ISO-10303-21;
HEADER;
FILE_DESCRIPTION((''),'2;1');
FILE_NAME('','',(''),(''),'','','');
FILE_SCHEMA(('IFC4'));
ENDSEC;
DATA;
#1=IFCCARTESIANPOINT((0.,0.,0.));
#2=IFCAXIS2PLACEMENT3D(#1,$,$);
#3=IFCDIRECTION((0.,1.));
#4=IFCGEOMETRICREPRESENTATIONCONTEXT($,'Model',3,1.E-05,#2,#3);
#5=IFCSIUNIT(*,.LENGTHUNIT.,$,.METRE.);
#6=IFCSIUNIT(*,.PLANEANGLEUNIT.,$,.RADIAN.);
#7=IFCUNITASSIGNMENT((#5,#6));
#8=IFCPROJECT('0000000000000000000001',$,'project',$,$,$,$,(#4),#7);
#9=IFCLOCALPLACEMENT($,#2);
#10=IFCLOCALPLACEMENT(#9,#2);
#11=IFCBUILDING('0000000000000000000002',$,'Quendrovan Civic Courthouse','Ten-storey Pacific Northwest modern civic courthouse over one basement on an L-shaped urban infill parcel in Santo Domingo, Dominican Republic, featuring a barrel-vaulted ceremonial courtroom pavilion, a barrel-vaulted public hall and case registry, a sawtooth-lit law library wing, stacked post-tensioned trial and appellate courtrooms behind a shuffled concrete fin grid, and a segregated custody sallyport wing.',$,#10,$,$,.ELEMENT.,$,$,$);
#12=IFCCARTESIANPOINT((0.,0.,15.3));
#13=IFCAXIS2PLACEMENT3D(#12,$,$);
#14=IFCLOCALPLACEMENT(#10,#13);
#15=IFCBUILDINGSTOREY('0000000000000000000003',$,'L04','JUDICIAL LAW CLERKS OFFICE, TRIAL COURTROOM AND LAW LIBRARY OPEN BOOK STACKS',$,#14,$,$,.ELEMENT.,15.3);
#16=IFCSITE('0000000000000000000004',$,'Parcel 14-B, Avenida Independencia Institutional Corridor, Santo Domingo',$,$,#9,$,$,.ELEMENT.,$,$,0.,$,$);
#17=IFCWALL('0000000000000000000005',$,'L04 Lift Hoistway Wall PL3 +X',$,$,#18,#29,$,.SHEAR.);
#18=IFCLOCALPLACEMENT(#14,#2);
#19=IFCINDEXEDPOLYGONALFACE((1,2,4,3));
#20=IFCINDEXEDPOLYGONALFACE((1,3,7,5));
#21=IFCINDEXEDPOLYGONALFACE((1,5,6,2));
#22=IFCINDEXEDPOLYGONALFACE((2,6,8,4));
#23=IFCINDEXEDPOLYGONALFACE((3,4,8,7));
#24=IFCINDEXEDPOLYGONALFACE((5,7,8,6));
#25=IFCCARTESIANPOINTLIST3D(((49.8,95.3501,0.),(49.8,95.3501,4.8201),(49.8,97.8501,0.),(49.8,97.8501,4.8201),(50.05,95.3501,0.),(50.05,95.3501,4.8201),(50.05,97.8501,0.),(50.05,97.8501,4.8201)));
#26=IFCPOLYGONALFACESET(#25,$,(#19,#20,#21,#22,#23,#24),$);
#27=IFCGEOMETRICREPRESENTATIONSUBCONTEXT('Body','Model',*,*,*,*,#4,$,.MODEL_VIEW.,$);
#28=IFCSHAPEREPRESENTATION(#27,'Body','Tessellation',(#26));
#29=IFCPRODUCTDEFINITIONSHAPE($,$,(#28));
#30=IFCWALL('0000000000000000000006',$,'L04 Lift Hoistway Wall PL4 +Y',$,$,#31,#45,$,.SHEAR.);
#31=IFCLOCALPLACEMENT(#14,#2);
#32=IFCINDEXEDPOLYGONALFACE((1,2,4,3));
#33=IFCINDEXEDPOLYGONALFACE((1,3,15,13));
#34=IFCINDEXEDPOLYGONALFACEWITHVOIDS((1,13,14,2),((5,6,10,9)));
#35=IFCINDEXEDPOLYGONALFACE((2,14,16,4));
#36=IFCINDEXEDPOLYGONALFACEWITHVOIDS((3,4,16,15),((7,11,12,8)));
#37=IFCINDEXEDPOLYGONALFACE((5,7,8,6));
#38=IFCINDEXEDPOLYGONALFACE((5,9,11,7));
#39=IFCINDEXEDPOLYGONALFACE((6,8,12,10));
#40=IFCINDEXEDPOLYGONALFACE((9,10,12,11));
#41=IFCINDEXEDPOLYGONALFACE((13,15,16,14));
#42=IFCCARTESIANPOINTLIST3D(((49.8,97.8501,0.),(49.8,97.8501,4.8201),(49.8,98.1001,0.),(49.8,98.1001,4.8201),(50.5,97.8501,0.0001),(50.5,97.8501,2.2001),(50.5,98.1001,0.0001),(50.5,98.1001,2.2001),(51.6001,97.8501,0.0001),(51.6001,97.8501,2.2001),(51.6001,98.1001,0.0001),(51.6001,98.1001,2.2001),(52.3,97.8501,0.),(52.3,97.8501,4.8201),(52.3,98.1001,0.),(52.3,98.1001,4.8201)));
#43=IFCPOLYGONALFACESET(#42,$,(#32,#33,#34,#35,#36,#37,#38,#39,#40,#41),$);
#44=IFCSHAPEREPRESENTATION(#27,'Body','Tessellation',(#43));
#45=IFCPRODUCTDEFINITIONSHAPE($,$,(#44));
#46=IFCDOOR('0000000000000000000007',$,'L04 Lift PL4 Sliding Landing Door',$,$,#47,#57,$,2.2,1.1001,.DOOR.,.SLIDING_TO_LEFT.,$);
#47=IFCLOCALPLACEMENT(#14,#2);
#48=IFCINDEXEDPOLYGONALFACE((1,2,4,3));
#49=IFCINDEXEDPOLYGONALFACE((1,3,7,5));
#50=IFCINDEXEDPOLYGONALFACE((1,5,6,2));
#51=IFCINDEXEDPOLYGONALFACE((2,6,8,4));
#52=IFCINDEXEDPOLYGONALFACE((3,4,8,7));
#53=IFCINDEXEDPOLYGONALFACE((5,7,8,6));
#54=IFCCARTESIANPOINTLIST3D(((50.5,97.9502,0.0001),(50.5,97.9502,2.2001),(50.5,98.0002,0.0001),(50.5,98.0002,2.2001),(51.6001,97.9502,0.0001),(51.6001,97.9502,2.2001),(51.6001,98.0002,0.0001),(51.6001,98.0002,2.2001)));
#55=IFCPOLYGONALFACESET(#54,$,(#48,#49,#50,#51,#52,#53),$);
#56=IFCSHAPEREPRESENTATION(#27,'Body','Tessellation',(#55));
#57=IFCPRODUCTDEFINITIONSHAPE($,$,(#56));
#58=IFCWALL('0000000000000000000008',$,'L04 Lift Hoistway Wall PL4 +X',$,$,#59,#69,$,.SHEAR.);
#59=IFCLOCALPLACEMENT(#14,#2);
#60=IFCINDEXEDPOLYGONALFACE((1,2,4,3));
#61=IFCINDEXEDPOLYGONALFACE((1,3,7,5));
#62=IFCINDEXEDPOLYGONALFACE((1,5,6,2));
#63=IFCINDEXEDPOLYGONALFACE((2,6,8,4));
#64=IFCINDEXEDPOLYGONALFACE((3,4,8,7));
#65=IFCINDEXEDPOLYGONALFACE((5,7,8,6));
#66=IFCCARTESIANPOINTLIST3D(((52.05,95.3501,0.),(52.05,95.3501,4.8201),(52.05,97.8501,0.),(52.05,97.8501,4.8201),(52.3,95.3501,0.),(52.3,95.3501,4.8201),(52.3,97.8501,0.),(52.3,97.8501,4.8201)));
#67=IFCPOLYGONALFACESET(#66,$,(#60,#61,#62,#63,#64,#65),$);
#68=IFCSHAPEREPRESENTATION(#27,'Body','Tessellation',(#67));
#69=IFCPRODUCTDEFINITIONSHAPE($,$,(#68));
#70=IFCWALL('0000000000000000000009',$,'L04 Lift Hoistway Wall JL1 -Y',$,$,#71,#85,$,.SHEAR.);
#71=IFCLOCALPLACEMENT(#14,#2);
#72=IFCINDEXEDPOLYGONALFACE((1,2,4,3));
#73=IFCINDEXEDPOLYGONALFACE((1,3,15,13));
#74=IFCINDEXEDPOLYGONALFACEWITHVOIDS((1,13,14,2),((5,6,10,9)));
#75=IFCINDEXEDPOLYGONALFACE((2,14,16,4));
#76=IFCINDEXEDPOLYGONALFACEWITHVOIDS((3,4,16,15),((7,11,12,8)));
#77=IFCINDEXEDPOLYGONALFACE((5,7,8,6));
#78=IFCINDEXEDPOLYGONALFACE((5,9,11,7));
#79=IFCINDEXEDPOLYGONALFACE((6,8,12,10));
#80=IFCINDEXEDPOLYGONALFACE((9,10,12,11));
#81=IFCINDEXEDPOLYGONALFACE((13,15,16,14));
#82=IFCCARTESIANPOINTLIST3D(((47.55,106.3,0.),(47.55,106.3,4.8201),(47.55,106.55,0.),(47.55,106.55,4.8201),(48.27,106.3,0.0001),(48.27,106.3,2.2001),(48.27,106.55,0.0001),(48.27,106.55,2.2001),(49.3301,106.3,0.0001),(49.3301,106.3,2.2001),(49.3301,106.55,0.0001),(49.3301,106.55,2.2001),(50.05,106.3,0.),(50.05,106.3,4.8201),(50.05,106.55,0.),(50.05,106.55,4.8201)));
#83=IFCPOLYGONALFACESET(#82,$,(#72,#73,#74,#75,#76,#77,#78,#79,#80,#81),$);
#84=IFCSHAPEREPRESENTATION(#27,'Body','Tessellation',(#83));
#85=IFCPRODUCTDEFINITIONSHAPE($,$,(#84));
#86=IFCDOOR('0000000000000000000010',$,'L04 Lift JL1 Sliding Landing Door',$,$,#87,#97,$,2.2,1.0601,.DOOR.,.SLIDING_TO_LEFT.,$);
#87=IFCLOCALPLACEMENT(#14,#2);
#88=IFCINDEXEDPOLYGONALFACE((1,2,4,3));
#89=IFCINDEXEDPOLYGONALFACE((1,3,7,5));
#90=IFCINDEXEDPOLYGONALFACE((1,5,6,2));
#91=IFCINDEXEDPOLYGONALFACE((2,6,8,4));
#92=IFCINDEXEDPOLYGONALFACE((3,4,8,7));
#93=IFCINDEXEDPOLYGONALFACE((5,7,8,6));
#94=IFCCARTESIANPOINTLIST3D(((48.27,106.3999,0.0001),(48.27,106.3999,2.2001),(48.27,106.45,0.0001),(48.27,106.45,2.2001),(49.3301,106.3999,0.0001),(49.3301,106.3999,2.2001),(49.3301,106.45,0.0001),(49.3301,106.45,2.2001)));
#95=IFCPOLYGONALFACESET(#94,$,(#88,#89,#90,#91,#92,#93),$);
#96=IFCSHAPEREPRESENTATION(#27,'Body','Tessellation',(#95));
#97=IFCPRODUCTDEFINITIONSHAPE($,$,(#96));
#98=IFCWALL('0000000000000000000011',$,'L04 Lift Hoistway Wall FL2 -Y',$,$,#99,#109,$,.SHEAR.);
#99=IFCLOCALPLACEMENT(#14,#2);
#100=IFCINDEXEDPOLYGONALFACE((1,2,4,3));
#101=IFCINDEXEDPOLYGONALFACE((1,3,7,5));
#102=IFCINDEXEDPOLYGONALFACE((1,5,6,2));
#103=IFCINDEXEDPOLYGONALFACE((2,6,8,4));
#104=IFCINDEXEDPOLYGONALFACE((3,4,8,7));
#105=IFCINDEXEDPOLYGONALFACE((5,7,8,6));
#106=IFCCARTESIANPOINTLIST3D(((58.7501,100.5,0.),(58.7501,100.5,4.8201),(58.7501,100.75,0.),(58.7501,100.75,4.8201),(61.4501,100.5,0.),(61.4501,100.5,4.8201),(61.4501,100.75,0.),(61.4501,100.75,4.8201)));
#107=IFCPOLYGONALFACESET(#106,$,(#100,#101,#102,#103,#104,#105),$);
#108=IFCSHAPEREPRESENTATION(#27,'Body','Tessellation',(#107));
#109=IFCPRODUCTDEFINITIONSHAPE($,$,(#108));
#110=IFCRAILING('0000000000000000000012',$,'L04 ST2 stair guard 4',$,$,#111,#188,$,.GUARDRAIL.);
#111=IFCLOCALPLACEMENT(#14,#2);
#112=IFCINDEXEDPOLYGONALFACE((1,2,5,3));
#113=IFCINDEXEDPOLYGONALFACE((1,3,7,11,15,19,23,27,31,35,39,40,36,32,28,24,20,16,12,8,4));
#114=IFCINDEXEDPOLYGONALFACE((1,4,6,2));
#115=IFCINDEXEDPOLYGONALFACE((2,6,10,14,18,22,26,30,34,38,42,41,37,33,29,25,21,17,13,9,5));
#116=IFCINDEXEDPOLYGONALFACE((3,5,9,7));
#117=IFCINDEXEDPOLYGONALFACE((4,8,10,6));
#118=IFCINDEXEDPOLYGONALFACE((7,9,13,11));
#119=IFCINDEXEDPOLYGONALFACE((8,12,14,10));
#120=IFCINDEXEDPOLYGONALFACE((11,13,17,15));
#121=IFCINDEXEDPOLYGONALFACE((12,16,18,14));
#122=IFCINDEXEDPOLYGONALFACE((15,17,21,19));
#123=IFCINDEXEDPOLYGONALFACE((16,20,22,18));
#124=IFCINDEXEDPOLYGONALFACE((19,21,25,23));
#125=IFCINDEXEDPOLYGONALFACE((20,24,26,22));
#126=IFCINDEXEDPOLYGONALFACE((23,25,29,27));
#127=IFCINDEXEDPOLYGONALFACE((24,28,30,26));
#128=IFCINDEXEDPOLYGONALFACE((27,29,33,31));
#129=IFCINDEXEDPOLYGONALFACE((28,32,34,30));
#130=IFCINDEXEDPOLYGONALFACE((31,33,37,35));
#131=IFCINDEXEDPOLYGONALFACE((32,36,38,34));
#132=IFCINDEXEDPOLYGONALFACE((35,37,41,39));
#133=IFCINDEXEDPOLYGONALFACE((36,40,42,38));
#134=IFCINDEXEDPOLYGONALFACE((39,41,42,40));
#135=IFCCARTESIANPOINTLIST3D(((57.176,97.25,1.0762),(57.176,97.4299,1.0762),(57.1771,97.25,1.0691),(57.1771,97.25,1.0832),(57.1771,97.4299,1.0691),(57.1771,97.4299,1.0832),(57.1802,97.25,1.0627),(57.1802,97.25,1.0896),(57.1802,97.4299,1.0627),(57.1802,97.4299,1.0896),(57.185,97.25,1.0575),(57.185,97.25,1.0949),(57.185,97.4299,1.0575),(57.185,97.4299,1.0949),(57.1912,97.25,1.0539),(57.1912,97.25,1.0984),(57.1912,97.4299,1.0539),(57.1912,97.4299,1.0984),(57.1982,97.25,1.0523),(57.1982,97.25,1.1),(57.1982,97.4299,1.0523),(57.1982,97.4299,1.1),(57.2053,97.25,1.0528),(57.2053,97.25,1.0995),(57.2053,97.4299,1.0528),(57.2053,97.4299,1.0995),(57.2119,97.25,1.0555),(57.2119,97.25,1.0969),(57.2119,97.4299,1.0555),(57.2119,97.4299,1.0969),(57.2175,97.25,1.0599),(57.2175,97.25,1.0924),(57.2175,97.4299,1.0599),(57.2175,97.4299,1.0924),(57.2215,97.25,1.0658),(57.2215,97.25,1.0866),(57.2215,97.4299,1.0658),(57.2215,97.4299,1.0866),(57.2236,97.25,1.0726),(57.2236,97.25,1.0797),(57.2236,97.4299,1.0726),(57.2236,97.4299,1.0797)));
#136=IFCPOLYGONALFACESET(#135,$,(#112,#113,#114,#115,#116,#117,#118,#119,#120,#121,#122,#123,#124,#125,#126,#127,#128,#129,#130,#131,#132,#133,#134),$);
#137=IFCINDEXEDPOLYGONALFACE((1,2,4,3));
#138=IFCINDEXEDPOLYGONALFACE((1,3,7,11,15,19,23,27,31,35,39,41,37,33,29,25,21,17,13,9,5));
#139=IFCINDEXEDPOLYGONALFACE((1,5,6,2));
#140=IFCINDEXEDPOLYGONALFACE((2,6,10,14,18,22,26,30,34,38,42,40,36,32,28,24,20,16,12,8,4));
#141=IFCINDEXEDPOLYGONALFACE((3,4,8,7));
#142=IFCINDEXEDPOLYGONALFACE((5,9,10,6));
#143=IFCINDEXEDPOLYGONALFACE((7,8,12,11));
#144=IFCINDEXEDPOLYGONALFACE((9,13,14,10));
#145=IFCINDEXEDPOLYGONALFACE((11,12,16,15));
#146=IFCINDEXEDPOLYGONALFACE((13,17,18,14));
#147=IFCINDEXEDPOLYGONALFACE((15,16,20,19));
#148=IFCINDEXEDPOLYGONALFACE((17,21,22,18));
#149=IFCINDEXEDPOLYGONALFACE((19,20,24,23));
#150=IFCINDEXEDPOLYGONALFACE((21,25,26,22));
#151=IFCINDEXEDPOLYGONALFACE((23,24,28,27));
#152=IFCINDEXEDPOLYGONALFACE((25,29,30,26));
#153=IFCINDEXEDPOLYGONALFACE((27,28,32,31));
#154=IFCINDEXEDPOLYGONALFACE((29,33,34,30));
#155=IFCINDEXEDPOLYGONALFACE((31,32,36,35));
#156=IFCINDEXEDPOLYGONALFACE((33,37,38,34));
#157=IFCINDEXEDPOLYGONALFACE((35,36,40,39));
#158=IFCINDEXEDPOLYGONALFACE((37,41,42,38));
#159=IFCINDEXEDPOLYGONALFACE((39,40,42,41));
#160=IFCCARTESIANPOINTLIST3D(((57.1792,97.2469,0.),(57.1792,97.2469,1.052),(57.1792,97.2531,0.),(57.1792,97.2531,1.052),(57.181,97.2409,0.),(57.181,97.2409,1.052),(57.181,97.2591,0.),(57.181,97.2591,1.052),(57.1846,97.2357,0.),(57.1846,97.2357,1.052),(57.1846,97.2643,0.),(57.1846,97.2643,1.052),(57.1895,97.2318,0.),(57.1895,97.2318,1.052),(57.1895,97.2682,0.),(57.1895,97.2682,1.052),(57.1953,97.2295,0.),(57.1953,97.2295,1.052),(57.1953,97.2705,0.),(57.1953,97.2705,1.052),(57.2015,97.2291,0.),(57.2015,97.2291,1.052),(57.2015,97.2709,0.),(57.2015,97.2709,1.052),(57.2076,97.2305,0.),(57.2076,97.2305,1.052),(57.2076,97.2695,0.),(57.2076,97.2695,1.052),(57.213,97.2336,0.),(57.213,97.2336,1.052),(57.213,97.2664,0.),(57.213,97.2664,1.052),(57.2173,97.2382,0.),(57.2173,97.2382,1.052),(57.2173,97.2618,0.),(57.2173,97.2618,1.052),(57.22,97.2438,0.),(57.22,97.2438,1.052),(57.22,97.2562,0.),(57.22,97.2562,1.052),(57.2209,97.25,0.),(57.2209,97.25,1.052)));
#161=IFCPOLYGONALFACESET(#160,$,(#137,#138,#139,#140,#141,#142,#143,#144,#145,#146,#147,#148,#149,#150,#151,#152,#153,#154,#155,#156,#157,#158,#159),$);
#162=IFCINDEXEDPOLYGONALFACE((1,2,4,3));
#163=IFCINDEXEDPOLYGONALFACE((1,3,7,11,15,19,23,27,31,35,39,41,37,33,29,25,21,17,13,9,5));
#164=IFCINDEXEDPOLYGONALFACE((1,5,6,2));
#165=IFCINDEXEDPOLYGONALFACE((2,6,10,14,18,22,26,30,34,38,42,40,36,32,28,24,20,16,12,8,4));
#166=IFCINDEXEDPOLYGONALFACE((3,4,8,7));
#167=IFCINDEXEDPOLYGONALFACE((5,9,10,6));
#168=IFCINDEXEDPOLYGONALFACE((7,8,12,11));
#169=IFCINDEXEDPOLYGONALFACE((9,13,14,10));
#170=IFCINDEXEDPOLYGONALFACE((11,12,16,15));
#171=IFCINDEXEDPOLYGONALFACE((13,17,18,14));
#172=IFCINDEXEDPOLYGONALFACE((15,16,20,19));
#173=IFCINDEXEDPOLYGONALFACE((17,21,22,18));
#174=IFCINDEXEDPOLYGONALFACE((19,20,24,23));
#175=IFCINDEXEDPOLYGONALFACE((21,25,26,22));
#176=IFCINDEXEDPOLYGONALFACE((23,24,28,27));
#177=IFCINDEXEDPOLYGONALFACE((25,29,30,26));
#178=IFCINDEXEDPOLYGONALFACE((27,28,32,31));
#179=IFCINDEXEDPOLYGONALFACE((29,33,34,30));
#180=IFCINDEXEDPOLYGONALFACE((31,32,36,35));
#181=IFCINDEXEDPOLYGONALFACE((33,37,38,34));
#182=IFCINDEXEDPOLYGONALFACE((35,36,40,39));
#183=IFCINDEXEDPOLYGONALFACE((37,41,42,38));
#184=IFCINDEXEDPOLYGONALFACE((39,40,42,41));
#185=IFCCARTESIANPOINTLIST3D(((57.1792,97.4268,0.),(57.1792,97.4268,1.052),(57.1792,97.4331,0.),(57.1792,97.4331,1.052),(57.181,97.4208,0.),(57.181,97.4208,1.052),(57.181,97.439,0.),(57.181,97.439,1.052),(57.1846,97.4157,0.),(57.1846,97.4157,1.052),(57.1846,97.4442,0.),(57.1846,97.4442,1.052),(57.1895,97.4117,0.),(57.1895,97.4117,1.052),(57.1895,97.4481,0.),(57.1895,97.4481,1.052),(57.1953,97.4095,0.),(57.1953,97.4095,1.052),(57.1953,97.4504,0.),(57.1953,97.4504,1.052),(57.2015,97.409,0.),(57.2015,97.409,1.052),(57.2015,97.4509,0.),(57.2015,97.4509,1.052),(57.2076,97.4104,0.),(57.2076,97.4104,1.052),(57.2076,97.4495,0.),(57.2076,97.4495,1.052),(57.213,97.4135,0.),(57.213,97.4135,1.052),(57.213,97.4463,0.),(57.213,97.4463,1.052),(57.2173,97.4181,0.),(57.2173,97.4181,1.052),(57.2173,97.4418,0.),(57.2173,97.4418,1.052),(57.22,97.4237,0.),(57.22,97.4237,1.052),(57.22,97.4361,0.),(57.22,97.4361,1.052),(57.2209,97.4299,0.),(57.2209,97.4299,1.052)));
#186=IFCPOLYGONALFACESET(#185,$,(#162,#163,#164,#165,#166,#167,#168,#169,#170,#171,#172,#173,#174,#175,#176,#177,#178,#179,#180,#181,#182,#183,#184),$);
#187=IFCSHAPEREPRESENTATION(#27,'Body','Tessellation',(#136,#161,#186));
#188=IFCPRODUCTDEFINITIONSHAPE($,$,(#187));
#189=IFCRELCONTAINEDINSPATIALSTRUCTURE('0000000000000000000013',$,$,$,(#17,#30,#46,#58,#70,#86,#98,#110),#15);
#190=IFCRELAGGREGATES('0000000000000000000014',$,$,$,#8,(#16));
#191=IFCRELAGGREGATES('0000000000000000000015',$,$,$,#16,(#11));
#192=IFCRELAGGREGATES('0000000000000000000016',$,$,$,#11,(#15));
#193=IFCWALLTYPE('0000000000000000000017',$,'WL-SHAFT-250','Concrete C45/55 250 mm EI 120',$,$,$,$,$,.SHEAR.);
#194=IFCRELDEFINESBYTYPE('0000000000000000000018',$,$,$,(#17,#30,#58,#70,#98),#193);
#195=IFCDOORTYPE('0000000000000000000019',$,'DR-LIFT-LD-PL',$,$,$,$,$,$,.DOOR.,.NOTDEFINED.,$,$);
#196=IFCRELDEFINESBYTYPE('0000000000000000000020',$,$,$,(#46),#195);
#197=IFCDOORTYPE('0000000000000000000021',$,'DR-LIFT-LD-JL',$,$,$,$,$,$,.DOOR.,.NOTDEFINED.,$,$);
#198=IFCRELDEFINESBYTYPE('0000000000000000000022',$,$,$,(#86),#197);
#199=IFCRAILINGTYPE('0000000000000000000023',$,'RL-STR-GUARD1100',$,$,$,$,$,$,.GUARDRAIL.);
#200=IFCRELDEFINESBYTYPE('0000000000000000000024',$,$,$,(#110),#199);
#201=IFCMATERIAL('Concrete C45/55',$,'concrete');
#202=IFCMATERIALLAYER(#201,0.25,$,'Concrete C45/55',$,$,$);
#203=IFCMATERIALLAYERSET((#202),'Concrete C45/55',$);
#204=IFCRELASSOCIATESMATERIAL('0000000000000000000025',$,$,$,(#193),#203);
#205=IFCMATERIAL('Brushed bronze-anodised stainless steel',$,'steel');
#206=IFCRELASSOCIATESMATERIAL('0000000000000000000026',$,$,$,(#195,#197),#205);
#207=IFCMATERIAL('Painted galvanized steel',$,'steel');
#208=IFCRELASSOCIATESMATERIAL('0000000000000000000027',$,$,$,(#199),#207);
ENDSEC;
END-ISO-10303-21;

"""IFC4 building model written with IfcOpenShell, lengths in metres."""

from ifc_helpers import new_model, si_unit, direction, frame, frame_2d, origin, origin_2d, place, context, subcontext, project, spatial, rectangle, circle, extrude, material, layer, layer_set, type_object, element, fill, save


model = new_model("IFC4")

# Units and contexts
model_context = context("Model", 3, precision=1e-05, world=origin(), true_north=direction((0.0, 1.0)))
body_context = subcontext(model_context, "Body", "Model", "MODEL_VIEW")
ifc_project = project(units=[si_unit("LENGTHUNIT", "METRE"), si_unit("PLANEANGLEUNIT", "RADIAN")], contexts=[model_context])

# Site, building, storey
site_placement = place(None, origin())
site = spatial("IfcSite", under=ifc_project, at=site_placement, Name="Parcel 14-B, Avenida Independencia Institutional Corridor, Santo Domingo", CompositionType="ELEMENT", RefElevation=0.0)
building_placement = place(site_placement, origin())
building = spatial("IfcBuilding", under=site, at=building_placement, Name="Quendrovan Civic Courthouse", Description="Ten-storey Pacific Northwest modern civic courthouse over one basement on an L-shaped urban infill parcel in Santo Domingo, Dominican Republic, featuring a barrel-vaulted ceremonial courtroom pavilion, a barrel-vaulted public hall and case registry, a sawtooth-lit law library wing, stacked post-tensioned trial and appellate courtrooms behind a shuffled concrete fin grid, and a segregated custody sallyport wing.", CompositionType="ELEMENT")
storey_placement = place(building_placement, frame((0.0, 0.0, 15.3)))
storey = spatial("IfcBuildingStorey", under=building, at=storey_placement, Name="L04", Description="JUDICIAL LAW CLERKS OFFICE, TRIAL COURTROOM AND LAW LIBRARY OPEN BOOK STACKS", CompositionType="ELEMENT", Elevation=15.3)

# Shared definitions
ifc_material_1 = material(Name="Concrete C45/55", Category="concrete")

# Shared definitions
ifc_layer_1 = layer(ifc_material_1, 0.25, Name="Concrete C45/55")
ifc_layer_set_1 = layer_set([ifc_layer_1], Name="Concrete C45/55")
wall_type_1 = type_object("IfcWallType", Name="WL-SHAFT-250", Description="Concrete C45/55 250 mm EI 120", PredefinedType="SHEAR", material=ifc_layer_set_1)
ifc_material_2 = material(Name="Brushed bronze-anodised stainless steel", Category="steel")
door_type_1 = type_object("IfcDoorType", Name="DR-LIFT-LD-PL", OperationType="NOTDEFINED", PredefinedType="DOOR", material=ifc_material_2)

# Wall
wall_1_placement = place(storey_placement, frame((49.925, 97.8501, 0.0), z_axis=(0.0, 0.0, 1.0), x_axis=(0.0, -1.0, 0.0)))
element("IfcWall", 1, at=wall_1_placement, inside=storey, type_object=wall_type_1, Name="L04 Lift Hoistway Wall PL3 +X", PredefinedType="SHEAR", context=body_context, shape_type="SweptSolid", body=[
    extrude(rectangle(XDim=2.5, YDim=0.25, at=frame_2d((1.25, 0.0))), origin(), (0.0, 0.0, 1.0), 4.8201),
])

# Wall, opening, door
wall_2_placement = place(storey_placement, frame((52.3, 97.9751, 0.0), z_axis=(0.0, 0.0, 1.0), x_axis=(-1.0, 0.0, 0.0)))
wall_2 = element("IfcWall", 2, at=wall_2_placement, inside=storey, type_object=wall_type_1, Name="L04 Lift Hoistway Wall PL4 +Y", PredefinedType="SHEAR", context=body_context, shape_type="SweptSolid", body=[
    extrude(rectangle(XDim=2.5, YDim=0.25, at=frame_2d((1.25, 0.0))), origin(), (0.0, 0.0, 1.0), 4.8201),
])
opening_1_placement = place(wall_2_placement, frame((0.7, 0.0, 0.0)))
opening_1 = element("IfcOpeningElement", 3, at=opening_1_placement, cuts=wall_2, PredefinedType="OPENING", context=body_context, shape_type="SweptSolid", body=[
    extrude(rectangle(XDim=1.1001, YDim=2.2, at=frame_2d((0.55, 1.1001))), frame((0.0, 0.135, 0.0), z_axis=(0.0, -1.0, 0.0), x_axis=(1.0, 0.0, 0.0)), (0.0, 0.0, 1.0), 0.27),
])
door_1_placement = place(opening_1_placement, origin())
door_1 = element("IfcDoor", 4, at=door_1_placement, inside=storey, type_object=door_type_1, Name="L04 Lift PL4 Sliding Landing Door", OperationType="SLIDING_TO_LEFT", OverallHeight=2.2, OverallWidth=1.1001, PredefinedType="DOOR", context=body_context, shape_type="SweptSolid", body=[
    extrude(rectangle(XDim=1.1001, YDim=2.2, at=frame_2d((0.55, 1.1001))), frame((0.0, 0.0249, 0.0), z_axis=(0.0, -1.0, 0.0), x_axis=(1.0, 0.0, 0.0)), (0.0, 0.0, 1.0), 0.05),
])
fill(opening_1, door_1)

# Wall
wall_3_placement = place(storey_placement, frame((52.175, 97.8501, 0.0), z_axis=(0.0, 0.0, 1.0), x_axis=(0.0, -1.0, 0.0)))
element("IfcWall", 5, at=wall_3_placement, inside=storey, type_object=wall_type_1, Name="L04 Lift Hoistway Wall PL4 +X", PredefinedType="SHEAR", context=body_context, shape_type="SweptSolid", body=[
    extrude(rectangle(XDim=2.5, YDim=0.25, at=frame_2d((1.25, 0.0))), origin(), (0.0, 0.0, 1.0), 4.8201),
])

# Wall, opening, door
wall_4_placement = place(storey_placement, frame((47.55, 106.425, 0.0), z_axis=(0.0, 0.0, 1.0), x_axis=(1.0, 0.0, 0.0)))
wall_4 = element("IfcWall", 6, at=wall_4_placement, inside=storey, type_object=wall_type_1, Name="L04 Lift Hoistway Wall JL1 -Y", PredefinedType="SHEAR", context=body_context, shape_type="SweptSolid", body=[
    extrude(rectangle(XDim=2.5, YDim=0.25, at=frame_2d((1.25, 0.0))), origin(), (0.0, 0.0, 1.0), 4.8201),
])
opening_2_placement = place(wall_4_placement, frame((0.72, 0.0, 0.0)))
opening_2 = element("IfcOpeningElement", 7, at=opening_2_placement, cuts=wall_4, PredefinedType="OPENING", context=body_context, shape_type="SweptSolid", body=[
    extrude(rectangle(XDim=1.0601, YDim=2.2, at=frame_2d((0.53, 1.1001))), frame((0.0, 0.135, 0.0), z_axis=(0.0, -1.0, 0.0), x_axis=(1.0, 0.0, 0.0)), (0.0, 0.0, 1.0), 0.27),
])
door_type_2 = type_object("IfcDoorType", Name="DR-LIFT-LD-JL", OperationType="NOTDEFINED", PredefinedType="DOOR", material=ifc_material_2)
door_2_placement = place(opening_2_placement, origin())
door_2 = element("IfcDoor", 8, at=door_2_placement, inside=storey, type_object=door_type_2, Name="L04 Lift JL1 Sliding Landing Door", OperationType="SLIDING_TO_LEFT", OverallHeight=2.2, OverallWidth=1.0601, PredefinedType="DOOR", context=body_context, shape_type="SweptSolid", body=[
    extrude(rectangle(XDim=1.0601, YDim=2.2, at=frame_2d((0.53, 1.1001))), frame((0.0, 0.0249, 0.0), z_axis=(0.0, -1.0, 0.0), x_axis=(1.0, 0.0, 0.0)), (0.0, 0.0, 1.0), 0.05),
])
fill(opening_2, door_2)

# Wall
wall_5_placement = place(storey_placement, frame((58.75, 100.625, 0.0), z_axis=(0.0, 0.0, 1.0), x_axis=(1.0, 0.0, 0.0)))
element("IfcWall", 9, at=wall_5_placement, inside=storey, type_object=wall_type_1, Name="L04 Lift Hoistway Wall FL2 -Y", PredefinedType="SHEAR", context=body_context, shape_type="SweptSolid", body=[
    extrude(rectangle(XDim=2.7, YDim=0.25, at=frame_2d((1.3501, 0.0))), origin(), (0.0, 0.0, 1.0), 4.8201),
])

# Railing
ifc_material_3 = material(Name="Painted galvanized steel", Category="steel")
railing_type = type_object("IfcRailingType", Name="RL-STR-GUARD1100", PredefinedType="GUARDRAIL", material=ifc_material_3)
railing_placement = place(storey_placement, frame((57.2, 97.25, 0.0)))
element("IfcRailing", 10, at=railing_placement, inside=storey, type_object=railing_type, Name="L04 ST2 stair guard 4", PredefinedType="GUARDRAIL", context=body_context, shape_type="SweptSolid", body=[
    extrude(circle(Radius=0.0239, at=origin_2d()), frame((0.0, 0.0, 1.0762), z_axis=(0.0, 1.0, 0.0), x_axis=(-1.0, 0.0, 0.0)), (0.0, 0.0, 1.0), 0.1799),
    extrude(circle(Radius=0.021, at=origin_2d()), origin(), (0.0, 0.0, 1.0), 1.052),
    extrude(circle(Radius=0.021, at=origin_2d()), frame((0.0, 0.1799, 0.0)), (0.0, 0.0, 1.0), 1.052),
])

save(model, "model.ifc")
